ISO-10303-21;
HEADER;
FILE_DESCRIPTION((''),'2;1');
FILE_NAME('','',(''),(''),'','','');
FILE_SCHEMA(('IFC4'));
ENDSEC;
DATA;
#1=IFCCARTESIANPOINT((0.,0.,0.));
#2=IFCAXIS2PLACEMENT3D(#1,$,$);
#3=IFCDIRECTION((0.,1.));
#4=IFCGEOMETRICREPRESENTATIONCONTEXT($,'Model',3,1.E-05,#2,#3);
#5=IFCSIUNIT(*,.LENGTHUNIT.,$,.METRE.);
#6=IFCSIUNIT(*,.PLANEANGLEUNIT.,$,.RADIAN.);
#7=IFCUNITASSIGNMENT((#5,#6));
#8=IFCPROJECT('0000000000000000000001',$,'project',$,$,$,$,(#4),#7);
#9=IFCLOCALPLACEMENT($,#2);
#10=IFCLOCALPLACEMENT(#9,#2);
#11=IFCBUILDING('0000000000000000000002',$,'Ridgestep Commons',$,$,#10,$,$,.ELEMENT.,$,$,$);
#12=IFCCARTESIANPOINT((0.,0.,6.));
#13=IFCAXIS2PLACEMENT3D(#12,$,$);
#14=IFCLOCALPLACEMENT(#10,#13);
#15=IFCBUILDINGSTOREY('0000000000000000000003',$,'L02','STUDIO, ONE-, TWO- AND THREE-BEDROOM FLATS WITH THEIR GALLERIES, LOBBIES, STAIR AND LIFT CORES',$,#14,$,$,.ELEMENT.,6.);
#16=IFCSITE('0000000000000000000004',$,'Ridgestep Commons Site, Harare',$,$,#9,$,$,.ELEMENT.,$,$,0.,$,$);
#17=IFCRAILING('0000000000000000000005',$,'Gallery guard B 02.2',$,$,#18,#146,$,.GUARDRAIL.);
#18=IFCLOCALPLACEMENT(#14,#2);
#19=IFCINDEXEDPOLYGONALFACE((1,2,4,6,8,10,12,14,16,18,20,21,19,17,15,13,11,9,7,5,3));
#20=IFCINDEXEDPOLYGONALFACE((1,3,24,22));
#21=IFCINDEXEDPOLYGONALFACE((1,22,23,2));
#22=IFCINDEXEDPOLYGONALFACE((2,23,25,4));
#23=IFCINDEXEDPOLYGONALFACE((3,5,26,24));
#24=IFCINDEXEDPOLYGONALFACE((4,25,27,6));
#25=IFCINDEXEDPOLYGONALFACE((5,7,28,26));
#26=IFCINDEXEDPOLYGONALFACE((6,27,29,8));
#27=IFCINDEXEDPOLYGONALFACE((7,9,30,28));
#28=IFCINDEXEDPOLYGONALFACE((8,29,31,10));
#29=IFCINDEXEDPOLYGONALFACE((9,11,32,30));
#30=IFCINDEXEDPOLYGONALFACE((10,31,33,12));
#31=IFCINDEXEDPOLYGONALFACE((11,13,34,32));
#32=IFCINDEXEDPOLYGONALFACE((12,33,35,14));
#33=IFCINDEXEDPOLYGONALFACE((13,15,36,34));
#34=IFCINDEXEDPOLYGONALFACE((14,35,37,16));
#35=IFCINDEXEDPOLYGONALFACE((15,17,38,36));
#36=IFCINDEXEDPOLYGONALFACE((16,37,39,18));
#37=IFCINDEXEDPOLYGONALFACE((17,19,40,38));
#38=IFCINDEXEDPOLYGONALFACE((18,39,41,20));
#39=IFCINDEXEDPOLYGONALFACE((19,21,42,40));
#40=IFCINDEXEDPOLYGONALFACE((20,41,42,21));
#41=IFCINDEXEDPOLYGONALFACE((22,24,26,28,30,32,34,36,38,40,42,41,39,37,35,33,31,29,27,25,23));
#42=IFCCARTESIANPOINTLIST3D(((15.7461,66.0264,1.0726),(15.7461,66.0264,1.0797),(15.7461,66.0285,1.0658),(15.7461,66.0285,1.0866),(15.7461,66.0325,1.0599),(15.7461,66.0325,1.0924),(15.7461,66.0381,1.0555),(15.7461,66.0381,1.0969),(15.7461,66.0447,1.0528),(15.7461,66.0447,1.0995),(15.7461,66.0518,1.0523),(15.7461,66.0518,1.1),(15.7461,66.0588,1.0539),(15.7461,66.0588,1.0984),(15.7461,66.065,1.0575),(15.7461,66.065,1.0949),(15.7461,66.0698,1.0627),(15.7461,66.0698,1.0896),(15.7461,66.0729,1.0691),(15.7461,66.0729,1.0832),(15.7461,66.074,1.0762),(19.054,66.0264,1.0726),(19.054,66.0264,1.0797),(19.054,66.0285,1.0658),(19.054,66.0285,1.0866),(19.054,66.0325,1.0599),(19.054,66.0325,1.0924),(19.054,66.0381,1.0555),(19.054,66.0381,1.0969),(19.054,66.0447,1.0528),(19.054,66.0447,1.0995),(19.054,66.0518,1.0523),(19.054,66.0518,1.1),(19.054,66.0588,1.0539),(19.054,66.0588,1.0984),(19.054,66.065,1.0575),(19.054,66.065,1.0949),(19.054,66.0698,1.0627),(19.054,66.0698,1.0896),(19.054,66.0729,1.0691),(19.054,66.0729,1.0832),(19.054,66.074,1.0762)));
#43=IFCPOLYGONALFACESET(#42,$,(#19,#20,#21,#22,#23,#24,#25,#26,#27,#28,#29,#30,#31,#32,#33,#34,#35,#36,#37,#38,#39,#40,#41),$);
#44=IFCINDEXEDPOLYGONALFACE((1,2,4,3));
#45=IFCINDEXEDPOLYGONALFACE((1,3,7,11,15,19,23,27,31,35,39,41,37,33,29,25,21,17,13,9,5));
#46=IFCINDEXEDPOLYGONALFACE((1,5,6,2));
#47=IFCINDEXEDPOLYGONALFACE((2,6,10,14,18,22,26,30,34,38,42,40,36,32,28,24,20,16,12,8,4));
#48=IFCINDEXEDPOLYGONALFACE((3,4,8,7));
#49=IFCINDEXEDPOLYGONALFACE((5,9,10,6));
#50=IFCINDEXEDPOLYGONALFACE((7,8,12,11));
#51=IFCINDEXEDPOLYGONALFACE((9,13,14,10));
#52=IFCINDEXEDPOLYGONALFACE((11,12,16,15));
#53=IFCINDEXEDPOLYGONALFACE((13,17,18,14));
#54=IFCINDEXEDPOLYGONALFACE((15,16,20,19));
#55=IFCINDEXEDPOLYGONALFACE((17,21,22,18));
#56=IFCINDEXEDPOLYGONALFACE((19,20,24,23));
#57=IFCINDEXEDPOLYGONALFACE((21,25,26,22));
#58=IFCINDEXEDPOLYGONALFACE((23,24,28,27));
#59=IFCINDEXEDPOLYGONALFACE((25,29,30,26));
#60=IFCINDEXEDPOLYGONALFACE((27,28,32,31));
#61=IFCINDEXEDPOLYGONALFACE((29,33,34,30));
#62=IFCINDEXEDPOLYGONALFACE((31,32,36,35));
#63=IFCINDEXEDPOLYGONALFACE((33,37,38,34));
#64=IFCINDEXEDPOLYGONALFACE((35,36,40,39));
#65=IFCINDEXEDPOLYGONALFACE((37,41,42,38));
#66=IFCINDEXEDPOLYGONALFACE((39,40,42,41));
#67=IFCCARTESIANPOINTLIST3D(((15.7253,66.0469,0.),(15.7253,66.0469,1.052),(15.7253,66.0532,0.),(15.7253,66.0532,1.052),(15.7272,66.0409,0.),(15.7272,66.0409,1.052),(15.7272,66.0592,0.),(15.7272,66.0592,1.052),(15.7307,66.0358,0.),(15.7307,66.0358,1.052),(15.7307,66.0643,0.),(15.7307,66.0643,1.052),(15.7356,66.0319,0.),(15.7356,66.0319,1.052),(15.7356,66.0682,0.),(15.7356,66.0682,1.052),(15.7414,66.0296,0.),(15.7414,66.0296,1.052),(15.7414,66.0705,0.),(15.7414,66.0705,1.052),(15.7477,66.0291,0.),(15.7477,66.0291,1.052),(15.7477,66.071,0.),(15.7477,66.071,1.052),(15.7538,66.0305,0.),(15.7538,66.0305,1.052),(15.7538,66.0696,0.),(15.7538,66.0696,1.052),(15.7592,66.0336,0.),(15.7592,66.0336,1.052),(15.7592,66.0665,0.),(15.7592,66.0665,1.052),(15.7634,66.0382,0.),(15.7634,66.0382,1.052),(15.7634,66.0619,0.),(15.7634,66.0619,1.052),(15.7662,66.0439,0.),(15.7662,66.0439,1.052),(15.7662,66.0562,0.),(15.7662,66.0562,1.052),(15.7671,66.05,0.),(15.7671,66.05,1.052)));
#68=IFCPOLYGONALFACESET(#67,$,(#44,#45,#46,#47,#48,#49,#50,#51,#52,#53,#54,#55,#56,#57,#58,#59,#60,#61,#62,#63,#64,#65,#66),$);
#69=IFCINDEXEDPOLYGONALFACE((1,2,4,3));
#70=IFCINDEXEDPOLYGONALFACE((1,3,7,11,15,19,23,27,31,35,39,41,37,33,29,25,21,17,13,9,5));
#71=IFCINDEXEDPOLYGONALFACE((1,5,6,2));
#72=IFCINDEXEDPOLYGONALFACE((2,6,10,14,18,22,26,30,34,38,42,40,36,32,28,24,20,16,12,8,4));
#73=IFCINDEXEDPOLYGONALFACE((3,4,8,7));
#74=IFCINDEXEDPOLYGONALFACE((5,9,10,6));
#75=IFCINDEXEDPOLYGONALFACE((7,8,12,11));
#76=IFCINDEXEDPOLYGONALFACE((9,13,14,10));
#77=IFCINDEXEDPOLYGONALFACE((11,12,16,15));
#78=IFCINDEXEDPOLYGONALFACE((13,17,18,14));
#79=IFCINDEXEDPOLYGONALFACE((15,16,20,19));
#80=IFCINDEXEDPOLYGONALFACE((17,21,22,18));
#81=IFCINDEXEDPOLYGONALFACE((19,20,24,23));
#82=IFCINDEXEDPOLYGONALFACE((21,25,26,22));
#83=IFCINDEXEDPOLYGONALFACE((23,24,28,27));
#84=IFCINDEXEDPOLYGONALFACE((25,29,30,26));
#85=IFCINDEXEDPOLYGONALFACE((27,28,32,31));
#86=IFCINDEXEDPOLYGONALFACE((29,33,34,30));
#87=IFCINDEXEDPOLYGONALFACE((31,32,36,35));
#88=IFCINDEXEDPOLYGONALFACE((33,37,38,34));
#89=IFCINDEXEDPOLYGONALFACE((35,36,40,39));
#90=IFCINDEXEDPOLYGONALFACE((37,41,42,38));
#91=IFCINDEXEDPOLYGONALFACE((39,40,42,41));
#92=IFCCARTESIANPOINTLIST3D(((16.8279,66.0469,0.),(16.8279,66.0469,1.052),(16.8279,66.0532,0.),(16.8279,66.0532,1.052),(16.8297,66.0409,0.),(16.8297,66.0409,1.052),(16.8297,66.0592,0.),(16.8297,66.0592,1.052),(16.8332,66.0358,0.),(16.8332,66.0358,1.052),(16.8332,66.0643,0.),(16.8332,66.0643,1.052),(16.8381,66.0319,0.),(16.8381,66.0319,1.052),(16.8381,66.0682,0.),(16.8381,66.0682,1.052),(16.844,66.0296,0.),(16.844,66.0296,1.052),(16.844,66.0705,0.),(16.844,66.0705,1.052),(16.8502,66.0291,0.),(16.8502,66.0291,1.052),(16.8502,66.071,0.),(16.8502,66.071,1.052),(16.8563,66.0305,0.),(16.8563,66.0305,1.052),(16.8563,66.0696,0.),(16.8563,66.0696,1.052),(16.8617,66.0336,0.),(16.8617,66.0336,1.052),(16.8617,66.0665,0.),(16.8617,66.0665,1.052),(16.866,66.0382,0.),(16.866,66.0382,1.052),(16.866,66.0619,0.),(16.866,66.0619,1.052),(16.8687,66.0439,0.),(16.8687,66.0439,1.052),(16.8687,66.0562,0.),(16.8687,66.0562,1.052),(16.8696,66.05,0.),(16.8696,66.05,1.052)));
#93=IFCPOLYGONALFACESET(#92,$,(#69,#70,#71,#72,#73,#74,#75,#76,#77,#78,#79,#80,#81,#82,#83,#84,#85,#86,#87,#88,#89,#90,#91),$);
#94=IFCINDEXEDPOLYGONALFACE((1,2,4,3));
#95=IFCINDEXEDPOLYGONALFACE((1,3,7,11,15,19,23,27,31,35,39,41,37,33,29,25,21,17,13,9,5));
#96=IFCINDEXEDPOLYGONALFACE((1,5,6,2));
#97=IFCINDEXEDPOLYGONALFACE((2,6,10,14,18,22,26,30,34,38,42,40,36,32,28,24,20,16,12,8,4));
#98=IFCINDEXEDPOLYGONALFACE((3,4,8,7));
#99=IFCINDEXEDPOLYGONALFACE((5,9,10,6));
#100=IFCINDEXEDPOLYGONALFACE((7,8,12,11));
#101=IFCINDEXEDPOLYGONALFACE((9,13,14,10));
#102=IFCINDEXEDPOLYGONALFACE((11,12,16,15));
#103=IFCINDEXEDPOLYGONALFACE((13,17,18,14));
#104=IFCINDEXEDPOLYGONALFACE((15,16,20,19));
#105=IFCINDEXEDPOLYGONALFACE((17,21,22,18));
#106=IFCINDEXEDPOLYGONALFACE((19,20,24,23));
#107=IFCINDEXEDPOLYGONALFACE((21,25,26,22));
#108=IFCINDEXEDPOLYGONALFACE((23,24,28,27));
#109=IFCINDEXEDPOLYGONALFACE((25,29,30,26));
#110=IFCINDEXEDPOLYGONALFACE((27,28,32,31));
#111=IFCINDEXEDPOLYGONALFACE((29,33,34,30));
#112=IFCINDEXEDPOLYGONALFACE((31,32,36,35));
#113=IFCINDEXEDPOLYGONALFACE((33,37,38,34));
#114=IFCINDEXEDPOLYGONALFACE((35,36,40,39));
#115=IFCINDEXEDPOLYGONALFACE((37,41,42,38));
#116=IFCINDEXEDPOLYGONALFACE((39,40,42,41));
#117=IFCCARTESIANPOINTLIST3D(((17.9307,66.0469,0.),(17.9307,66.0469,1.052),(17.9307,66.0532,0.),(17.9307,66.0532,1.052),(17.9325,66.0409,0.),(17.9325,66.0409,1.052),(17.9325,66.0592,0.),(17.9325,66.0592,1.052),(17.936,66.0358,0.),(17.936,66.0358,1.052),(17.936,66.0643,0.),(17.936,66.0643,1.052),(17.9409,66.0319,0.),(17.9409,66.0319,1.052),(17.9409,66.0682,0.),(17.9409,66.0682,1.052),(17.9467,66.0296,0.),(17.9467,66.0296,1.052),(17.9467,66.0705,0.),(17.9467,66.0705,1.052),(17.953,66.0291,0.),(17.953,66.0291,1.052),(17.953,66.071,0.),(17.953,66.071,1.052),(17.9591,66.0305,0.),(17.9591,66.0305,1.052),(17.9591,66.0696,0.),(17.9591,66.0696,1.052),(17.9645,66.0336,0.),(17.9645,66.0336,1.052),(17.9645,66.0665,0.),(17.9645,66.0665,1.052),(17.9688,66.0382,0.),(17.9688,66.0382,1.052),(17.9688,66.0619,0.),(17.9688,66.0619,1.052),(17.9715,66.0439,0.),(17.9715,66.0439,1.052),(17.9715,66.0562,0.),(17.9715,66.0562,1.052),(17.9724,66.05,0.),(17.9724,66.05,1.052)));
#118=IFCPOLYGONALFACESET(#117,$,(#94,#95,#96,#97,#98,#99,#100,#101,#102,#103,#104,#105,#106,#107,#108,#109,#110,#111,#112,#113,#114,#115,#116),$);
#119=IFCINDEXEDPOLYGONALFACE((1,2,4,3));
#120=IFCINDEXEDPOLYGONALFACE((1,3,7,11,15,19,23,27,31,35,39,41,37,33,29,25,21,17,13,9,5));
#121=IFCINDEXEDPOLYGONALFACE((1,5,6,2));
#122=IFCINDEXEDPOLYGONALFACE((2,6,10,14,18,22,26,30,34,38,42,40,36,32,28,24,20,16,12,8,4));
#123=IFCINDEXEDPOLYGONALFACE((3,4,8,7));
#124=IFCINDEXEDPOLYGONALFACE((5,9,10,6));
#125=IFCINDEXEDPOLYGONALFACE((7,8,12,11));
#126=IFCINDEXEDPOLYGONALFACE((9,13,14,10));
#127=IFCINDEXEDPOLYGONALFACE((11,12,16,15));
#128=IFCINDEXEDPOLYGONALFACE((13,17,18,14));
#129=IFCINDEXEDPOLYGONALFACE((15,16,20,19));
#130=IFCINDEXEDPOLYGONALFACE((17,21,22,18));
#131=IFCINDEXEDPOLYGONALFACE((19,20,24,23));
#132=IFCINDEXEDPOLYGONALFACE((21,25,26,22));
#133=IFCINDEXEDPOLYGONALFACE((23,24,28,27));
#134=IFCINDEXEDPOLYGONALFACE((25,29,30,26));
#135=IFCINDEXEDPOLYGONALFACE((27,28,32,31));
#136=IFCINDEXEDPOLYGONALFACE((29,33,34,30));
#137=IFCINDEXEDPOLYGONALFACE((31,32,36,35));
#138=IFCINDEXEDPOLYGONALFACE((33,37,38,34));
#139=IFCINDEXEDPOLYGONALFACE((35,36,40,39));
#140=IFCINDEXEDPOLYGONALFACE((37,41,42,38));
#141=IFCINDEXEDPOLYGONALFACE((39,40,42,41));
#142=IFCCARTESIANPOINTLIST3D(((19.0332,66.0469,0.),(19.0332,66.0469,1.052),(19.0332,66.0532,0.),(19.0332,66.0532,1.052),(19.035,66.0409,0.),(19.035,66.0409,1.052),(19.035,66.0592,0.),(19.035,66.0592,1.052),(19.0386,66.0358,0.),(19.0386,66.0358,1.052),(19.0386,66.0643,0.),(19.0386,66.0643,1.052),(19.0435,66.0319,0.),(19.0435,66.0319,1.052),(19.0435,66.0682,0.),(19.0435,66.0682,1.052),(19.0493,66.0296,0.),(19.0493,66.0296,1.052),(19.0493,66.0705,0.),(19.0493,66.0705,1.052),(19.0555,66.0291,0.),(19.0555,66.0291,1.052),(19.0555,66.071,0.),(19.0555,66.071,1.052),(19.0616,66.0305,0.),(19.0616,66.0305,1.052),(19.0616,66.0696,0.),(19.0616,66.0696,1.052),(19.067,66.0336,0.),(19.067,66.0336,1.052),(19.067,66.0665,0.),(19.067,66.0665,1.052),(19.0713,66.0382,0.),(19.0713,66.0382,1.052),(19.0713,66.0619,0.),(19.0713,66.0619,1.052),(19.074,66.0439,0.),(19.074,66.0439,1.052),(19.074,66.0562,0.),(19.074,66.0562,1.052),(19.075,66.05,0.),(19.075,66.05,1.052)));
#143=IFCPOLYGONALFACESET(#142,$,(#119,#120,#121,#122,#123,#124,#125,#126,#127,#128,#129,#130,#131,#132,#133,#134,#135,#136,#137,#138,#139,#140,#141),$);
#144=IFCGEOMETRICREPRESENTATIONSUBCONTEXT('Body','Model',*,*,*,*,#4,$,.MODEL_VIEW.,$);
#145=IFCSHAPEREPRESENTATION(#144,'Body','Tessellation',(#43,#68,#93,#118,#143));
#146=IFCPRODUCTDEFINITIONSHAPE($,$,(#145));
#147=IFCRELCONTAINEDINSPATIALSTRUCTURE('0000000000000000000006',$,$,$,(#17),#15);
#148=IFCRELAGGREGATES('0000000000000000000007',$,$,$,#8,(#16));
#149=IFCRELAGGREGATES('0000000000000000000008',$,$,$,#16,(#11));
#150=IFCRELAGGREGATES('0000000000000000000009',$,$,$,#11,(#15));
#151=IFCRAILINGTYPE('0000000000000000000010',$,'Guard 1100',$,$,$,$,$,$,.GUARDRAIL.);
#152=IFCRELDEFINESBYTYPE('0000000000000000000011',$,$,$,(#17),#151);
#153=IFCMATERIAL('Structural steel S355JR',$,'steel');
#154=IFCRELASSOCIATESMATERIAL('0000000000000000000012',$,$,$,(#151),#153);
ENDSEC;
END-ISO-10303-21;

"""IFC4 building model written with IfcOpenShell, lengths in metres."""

from ifc_helpers import new_model, si_unit, direction, frame, origin, origin_2d, place, context, subcontext, project, spatial, circle, extrude, material, type_object, element, save


model = new_model("IFC4")

# Units and contexts
model_context = context("Model", 3, precision=1e-05, world=origin(), true_north=direction((0.0, 1.0)))
body_context = subcontext(model_context, "Body", "Model", "MODEL_VIEW")
ifc_project = project(units=[si_unit("LENGTHUNIT", "METRE"), si_unit("PLANEANGLEUNIT", "RADIAN")], contexts=[model_context])

# Site, building, storey
site_placement = place(None, origin())
site = spatial("IfcSite", under=ifc_project, at=site_placement, Name="Ridgestep Commons Site, Harare", CompositionType="ELEMENT", RefElevation=0.0)
building_placement = place(site_placement, origin())
building = spatial("IfcBuilding", under=site, at=building_placement, Name="Ridgestep Commons", CompositionType="ELEMENT")
storey_placement = place(building_placement, frame((0.0, 0.0, 6.0)))
storey = spatial("IfcBuildingStorey", under=building, at=storey_placement, Name="L02", Description="STUDIO, ONE-, TWO- AND THREE-BEDROOM FLATS WITH THEIR GALLERIES, LOBBIES, STAIR AND LIFT CORES", CompositionType="ELEMENT", Elevation=6.0)

# Railing
ifc_material_1 = material(Name="Structural steel S355JR", Category="steel")
railing_type = type_object("IfcRailingType", Name="Guard 1100", PredefinedType="GUARDRAIL", material=ifc_material_1)
railing_1_placement = place(storey_placement, frame((15.7461, 66.05, 0.0)))
element("IfcRailing", 1, at=railing_1_placement, inside=storey, type_object=railing_type, Name="Gallery guard B 02.2", PredefinedType="GUARDRAIL", context=body_context, shape_type="SweptSolid", body=[
    extrude(circle(Radius=0.0239, at=origin_2d()), frame((0.0, 0.0, 1.0762), z_axis=(1.0, 0.0, 0.0), x_axis=(0.0, 1.0, 0.0)), (0.0, 0.0, 1.0), 3.3079),
    extrude(circle(Radius=0.021, at=origin_2d()), origin(), (0.0, 0.0, 1.0), 1.052),
    extrude(circle(Radius=0.021, at=origin_2d()), frame((1.1025, 0.0, 0.0)), (0.0, 0.0, 1.0), 1.052),
    extrude(circle(Radius=0.021, at=origin_2d()), frame((2.2053, 0.0, 0.0)), (0.0, 0.0, 1.0), 1.052),
    extrude(circle(Radius=0.021, at=origin_2d()), frame((3.3079, 0.0, 0.0)), (0.0, 0.0, 1.0), 1.052),
])

save(model, "model.ifc")
